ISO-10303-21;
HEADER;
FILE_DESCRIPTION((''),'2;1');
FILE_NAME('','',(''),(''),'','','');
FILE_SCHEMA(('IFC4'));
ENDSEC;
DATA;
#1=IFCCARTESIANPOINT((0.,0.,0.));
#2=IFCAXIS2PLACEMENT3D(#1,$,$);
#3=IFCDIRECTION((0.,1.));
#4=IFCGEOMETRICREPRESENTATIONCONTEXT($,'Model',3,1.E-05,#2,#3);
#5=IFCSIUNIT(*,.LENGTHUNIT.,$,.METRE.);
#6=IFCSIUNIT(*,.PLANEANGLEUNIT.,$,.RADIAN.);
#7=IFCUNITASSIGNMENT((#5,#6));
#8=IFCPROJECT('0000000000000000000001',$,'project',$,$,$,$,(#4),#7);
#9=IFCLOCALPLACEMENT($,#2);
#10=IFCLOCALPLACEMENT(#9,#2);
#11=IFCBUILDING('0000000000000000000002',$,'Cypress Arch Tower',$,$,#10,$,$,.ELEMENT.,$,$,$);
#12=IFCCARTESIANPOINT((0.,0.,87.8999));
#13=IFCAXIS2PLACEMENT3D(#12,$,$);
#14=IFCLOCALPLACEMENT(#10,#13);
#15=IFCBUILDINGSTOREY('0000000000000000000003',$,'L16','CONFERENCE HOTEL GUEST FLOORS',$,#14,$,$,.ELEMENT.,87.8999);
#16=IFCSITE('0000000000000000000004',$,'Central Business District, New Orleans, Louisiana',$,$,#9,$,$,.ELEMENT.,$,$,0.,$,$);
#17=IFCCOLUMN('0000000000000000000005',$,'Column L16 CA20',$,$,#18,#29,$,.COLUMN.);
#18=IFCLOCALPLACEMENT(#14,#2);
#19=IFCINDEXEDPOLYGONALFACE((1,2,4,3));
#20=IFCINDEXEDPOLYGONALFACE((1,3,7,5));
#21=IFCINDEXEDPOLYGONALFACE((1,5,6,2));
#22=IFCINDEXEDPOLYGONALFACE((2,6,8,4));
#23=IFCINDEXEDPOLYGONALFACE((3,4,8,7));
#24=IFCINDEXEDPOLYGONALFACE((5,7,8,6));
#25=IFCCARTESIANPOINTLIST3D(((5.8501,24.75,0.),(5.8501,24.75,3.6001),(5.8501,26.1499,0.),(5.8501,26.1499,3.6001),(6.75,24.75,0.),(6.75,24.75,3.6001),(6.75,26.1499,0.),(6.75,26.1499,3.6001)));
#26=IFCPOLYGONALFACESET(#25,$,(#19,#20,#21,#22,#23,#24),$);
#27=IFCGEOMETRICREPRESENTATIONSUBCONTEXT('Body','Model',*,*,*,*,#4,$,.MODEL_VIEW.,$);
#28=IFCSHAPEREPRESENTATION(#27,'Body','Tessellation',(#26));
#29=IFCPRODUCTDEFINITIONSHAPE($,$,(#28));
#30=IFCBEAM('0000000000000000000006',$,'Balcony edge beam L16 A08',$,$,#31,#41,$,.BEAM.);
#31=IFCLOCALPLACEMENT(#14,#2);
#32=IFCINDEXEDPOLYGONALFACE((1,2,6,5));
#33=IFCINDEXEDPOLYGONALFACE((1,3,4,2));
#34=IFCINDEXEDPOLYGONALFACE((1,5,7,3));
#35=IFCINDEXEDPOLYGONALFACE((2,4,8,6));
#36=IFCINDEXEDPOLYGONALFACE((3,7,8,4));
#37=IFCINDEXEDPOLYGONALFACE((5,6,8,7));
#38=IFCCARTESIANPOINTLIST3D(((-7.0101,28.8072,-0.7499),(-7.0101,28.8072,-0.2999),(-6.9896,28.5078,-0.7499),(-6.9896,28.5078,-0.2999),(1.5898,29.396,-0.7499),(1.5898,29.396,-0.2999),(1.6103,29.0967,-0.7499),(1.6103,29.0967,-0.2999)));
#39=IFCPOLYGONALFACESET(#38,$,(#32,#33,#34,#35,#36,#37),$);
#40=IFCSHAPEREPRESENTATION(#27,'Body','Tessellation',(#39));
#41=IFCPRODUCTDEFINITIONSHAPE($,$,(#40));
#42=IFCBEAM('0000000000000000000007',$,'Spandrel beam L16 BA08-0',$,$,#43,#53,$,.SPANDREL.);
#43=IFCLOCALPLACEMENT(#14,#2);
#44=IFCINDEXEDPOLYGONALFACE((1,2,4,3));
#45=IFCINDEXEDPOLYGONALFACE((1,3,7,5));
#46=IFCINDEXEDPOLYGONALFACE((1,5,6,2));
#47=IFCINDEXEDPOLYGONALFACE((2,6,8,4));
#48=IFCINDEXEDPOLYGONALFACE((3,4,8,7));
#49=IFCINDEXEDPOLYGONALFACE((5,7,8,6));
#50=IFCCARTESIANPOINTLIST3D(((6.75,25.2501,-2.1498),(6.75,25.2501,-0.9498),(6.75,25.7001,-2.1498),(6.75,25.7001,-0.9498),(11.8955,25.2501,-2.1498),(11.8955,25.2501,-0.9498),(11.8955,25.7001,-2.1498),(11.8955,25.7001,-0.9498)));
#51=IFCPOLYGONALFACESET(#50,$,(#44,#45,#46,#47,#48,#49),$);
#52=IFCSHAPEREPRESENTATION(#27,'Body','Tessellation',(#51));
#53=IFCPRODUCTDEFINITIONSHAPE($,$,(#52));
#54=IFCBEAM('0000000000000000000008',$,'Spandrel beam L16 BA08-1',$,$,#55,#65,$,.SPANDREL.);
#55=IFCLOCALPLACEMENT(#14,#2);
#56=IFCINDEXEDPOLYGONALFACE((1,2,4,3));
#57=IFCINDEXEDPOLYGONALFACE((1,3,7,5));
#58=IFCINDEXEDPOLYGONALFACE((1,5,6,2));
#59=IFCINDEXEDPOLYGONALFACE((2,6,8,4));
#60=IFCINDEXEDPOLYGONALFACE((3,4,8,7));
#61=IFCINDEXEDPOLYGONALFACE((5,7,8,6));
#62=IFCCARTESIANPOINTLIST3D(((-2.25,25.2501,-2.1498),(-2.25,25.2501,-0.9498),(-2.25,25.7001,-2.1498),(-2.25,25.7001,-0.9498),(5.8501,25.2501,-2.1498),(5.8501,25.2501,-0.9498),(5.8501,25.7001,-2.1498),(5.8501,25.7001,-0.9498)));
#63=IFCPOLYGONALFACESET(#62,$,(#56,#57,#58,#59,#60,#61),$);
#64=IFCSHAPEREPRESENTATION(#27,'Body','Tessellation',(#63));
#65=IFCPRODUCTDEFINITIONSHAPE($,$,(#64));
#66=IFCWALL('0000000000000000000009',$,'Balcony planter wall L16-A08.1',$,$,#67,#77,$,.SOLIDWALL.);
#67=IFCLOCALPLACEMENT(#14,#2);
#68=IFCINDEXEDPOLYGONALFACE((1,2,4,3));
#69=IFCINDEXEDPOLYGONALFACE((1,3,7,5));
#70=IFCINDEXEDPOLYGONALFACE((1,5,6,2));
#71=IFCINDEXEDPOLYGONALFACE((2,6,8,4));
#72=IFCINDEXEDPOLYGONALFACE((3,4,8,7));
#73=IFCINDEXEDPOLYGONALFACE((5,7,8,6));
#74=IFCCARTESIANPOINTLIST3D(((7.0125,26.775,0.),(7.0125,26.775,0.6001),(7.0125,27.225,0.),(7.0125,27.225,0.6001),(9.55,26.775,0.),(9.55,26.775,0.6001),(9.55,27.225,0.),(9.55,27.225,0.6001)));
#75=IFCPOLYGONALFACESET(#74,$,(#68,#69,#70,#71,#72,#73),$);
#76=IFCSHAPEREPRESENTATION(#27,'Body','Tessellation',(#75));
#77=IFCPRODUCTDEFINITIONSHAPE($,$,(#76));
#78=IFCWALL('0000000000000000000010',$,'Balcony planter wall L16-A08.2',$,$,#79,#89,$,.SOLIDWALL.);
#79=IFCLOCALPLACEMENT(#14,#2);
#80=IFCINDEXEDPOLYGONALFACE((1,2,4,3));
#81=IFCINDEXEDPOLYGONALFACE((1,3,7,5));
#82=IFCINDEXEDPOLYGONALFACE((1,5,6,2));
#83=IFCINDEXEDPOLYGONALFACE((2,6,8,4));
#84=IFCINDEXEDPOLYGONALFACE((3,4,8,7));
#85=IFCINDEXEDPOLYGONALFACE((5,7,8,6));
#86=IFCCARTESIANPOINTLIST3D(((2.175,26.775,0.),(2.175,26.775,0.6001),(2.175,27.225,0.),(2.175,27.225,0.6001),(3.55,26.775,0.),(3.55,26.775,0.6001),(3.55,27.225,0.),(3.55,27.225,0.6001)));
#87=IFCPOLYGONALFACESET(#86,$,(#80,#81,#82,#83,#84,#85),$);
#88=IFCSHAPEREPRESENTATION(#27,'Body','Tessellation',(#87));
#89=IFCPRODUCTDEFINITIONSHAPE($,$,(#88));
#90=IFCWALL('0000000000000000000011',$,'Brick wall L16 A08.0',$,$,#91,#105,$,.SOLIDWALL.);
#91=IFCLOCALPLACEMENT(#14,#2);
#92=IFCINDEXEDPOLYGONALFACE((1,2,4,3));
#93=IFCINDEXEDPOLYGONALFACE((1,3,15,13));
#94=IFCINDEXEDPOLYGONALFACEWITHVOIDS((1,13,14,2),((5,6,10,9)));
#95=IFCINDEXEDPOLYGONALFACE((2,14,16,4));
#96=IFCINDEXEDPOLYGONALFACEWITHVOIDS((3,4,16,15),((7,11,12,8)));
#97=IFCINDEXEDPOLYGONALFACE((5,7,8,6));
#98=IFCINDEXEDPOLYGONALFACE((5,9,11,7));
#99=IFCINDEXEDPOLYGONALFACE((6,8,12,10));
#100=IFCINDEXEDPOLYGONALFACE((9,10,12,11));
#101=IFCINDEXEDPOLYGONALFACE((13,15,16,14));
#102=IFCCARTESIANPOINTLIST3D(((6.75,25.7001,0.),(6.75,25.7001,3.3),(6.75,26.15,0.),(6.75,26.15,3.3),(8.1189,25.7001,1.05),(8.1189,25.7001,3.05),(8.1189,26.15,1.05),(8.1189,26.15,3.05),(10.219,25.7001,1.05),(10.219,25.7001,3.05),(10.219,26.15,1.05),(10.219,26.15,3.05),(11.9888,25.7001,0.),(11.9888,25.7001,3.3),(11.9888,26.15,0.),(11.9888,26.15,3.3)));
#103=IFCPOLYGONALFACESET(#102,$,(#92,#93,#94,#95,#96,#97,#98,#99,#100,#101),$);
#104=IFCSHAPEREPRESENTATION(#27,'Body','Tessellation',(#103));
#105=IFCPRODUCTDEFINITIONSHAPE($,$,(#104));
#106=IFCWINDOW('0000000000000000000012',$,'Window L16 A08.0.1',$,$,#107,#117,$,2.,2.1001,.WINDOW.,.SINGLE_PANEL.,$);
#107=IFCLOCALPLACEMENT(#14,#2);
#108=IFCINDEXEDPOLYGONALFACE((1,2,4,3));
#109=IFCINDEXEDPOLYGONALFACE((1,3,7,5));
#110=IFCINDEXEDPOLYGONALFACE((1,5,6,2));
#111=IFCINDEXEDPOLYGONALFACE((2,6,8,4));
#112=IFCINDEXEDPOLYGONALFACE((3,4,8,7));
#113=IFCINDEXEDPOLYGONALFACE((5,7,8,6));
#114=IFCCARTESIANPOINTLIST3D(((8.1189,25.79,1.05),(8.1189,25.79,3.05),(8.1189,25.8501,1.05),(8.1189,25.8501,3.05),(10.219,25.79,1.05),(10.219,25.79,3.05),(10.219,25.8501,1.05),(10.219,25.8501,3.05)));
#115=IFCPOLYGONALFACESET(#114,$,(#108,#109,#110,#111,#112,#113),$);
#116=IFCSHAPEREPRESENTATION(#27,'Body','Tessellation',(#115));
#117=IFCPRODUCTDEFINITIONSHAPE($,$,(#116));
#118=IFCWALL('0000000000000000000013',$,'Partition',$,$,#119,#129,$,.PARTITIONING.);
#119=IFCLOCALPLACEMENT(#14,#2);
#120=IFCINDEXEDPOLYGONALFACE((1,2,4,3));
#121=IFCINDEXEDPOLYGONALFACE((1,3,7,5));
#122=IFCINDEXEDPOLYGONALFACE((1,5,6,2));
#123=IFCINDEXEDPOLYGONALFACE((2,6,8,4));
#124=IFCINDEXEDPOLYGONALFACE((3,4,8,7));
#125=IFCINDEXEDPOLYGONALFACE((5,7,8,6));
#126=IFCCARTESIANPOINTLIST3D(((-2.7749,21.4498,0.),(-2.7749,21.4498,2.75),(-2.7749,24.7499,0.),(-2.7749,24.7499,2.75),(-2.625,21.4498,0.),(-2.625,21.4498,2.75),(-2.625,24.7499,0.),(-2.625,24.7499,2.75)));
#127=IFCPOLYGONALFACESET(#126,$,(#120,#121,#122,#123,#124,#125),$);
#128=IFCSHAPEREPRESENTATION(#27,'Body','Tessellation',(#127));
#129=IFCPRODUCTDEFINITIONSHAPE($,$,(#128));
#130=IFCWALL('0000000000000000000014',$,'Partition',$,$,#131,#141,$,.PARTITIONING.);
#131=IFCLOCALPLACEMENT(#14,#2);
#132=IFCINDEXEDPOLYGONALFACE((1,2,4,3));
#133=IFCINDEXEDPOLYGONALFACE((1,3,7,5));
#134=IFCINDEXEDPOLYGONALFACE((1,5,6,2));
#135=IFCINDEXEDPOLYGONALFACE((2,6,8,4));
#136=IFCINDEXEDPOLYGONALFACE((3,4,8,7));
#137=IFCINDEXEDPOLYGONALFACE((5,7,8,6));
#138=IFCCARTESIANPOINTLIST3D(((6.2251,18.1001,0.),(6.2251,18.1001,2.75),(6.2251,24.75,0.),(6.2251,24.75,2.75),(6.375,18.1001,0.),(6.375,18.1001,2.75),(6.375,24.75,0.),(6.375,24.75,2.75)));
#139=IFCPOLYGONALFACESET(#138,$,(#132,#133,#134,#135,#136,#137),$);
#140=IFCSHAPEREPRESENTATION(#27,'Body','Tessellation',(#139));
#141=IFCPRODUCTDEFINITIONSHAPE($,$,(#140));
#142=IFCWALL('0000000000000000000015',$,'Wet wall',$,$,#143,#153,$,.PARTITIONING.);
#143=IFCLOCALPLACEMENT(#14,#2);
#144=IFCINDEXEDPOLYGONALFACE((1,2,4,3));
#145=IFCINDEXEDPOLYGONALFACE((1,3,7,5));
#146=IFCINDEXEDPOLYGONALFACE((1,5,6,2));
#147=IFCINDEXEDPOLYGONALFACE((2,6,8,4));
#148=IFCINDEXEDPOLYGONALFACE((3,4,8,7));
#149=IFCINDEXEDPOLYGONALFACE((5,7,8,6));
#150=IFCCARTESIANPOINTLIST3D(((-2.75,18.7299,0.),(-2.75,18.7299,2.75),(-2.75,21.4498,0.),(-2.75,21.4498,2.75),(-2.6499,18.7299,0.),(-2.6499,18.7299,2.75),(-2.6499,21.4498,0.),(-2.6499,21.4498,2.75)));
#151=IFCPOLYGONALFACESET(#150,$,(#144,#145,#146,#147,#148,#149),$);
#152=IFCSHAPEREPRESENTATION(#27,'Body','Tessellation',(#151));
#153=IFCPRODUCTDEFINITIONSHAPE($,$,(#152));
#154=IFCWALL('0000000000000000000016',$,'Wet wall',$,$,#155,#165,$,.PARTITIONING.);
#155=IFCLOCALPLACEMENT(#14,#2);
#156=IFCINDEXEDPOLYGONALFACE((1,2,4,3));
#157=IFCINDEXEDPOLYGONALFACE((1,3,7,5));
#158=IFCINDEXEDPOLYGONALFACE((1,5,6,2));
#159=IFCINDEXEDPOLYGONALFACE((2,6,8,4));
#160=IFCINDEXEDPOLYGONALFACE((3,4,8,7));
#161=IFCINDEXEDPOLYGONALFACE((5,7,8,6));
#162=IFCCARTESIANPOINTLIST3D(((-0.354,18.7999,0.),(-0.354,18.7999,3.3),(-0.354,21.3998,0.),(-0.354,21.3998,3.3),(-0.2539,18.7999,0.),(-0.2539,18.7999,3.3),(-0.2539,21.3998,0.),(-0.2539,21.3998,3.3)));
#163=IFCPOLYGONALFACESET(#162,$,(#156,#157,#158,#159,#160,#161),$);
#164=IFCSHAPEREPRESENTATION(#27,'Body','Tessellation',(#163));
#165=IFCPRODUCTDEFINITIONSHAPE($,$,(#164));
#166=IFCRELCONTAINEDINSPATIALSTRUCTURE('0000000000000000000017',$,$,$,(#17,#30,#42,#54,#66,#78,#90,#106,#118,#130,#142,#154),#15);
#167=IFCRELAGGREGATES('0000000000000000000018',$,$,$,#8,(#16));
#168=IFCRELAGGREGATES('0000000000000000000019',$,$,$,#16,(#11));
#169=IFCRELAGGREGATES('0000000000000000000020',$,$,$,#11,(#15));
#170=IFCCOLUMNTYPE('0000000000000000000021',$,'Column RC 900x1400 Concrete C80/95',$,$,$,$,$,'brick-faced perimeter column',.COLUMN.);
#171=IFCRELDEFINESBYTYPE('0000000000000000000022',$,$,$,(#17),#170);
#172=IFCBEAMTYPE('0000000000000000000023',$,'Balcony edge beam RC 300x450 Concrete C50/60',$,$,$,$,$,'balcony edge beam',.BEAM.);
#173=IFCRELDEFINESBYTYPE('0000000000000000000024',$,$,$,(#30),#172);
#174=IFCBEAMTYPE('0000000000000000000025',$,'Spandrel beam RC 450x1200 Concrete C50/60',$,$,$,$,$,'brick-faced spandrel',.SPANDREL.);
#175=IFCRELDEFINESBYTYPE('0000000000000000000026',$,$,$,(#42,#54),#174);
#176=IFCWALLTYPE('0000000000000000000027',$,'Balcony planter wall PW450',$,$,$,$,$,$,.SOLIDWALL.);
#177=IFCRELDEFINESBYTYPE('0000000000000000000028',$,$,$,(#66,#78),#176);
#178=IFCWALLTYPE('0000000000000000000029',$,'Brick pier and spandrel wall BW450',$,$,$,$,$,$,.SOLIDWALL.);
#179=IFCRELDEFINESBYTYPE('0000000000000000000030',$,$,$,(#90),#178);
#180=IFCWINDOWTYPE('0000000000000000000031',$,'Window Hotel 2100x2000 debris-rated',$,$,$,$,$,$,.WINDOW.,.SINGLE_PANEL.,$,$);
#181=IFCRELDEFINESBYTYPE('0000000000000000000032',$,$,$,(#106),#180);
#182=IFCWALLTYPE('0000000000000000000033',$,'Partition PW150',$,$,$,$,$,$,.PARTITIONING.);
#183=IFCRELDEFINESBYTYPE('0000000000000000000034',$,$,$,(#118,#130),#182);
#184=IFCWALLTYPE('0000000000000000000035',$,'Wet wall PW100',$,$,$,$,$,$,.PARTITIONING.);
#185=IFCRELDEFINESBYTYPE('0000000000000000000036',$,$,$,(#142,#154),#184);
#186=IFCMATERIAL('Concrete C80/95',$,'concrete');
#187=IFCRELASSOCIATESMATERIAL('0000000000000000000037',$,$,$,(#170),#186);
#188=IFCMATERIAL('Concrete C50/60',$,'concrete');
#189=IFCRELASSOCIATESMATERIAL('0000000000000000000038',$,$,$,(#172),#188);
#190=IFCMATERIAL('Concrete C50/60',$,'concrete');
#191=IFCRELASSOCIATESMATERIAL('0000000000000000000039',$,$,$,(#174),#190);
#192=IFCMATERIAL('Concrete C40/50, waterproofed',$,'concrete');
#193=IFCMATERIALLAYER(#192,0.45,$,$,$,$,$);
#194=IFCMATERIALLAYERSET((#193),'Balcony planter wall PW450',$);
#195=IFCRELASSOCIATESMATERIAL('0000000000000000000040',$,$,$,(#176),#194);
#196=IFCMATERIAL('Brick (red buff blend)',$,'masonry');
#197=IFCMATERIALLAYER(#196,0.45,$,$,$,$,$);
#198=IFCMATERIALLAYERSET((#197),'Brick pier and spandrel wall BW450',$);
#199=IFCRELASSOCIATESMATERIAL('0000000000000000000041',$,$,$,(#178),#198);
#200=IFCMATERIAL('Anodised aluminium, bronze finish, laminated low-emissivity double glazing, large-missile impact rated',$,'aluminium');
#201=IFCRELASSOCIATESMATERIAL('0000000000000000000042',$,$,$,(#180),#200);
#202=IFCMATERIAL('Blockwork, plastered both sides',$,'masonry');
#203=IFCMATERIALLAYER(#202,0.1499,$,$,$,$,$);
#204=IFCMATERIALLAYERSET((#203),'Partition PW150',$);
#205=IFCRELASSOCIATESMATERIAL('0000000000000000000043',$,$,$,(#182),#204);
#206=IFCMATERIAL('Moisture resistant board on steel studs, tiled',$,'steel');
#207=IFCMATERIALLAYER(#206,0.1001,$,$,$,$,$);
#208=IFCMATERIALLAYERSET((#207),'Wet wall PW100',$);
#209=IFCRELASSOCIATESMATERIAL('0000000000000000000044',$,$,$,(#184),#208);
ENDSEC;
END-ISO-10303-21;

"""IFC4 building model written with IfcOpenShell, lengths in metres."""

from ifc_helpers import new_model, si_unit, direction, frame, frame_2d, origin, origin_2d, place, context, subcontext, project, spatial, rectangle, extrude, material, layer, layer_set, material_profile, profile_set, type_object, element, fill, save


model = new_model("IFC4")

# Units and contexts
model_context = context("Model", 3, precision=1e-05, world=origin(), true_north=direction((0.0, 1.0)))
body_context = subcontext(model_context, "Body", "Model", "MODEL_VIEW")
ifc_project = project(units=[si_unit("LENGTHUNIT", "METRE"), si_unit("PLANEANGLEUNIT", "RADIAN")], contexts=[model_context])

# Site, building, storey
site_placement = place(None, origin())
site = spatial("IfcSite", under=ifc_project, at=site_placement, Name="Central Business District, New Orleans, Louisiana", CompositionType="ELEMENT", RefElevation=0.0)
building_placement = place(site_placement, origin())
building = spatial("IfcBuilding", under=site, at=building_placement, Name="Cypress Arch Tower", CompositionType="ELEMENT")
storey_placement = place(building_placement, frame((0.0, 0.0, 87.8999)))
storey = spatial("IfcBuildingStorey", under=building, at=storey_placement, Name="L16", Description="CONFERENCE HOTEL GUEST FLOORS", CompositionType="ELEMENT", Elevation=87.8999)

# Column
ifc_material_1 = material(Name="Concrete C80/95", Category="concrete")
ifc_material_profile_1 = material_profile(ifc_material_1, rectangle(XDim=0.8999, YDim=1.3999, at=origin_2d()), Name="RC 900x1400")
ifc_profile_set_1 = profile_set([ifc_material_profile_1], Name="Concrete C80/95")
column_type = type_object("IfcColumnType", Name="Column RC 900x1400 Concrete C80/95", ElementType="brick-faced perimeter column", PredefinedType="COLUMN", material=ifc_profile_set_1)
column_placement = place(storey_placement, frame((6.3, 25.45, 0.0), z_axis=(0.0, 0.0, 1.0), x_axis=(-1.0, 0.0, 0.0)))
element("IfcColumn", 1, at=column_placement, inside=storey, type_object=column_type, Name="Column L16 CA20", PredefinedType="COLUMN", context=body_context, shape_type="SweptSolid", body=[
    extrude(rectangle(XDim=0.8999, YDim=1.3999, at=origin_2d()), origin(), (0.0, 0.0, 1.0), 3.6001),
])

# Beams
ifc_material_2 = material(Name="Concrete C50/60", Category="concrete")
ifc_material_profile_2 = material_profile(ifc_material_2, rectangle(XDim=0.3, YDim=0.45, at=origin_2d()), Name="RC 300x450")
ifc_profile_set_2 = profile_set([ifc_material_profile_2], Name="Concrete C50/60")
beam_type_1 = type_object("IfcBeamType", Name="Balcony edge beam RC 300x450 Concrete C50/60", ElementType="balcony edge beam", PredefinedType="BEAM", material=ifc_profile_set_2)
beam_1_placement = place(storey_placement, frame((1.6001, 29.2463, -0.5249), z_axis=(-0.997664, -0.068312, 0.0), x_axis=(0.068312, -0.997664, 0.0)))
element("IfcBeam", 2, at=beam_1_placement, inside=storey, type_object=beam_type_1, Name="Balcony edge beam L16 A08", PredefinedType="BEAM", context=body_context, shape_type="SweptSolid", body=[
    extrude(rectangle(XDim=0.3, YDim=0.45, at=origin_2d()), origin(), (0.0, 0.0, 1.0), 8.6201),
])
ifc_material_3 = material(Name="Concrete C50/60", Category="concrete")
ifc_material_profile_3 = material_profile(ifc_material_3, rectangle(XDim=0.45, YDim=1.2, at=origin_2d()), Name="RC 450x1200")
ifc_profile_set_3 = profile_set([ifc_material_profile_3], Name="Concrete C50/60")
beam_type_2 = type_object("IfcBeamType", Name="Spandrel beam RC 450x1200 Concrete C50/60", ElementType="brick-faced spandrel", PredefinedType="SPANDREL", material=ifc_profile_set_3)
beam_2_placement = place(storey_placement, frame((11.8955, 25.4751, -1.5498), z_axis=(-1.0, 0.0, 0.0), x_axis=(0.0, -1.0, 0.0)))
element("IfcBeam", 3, at=beam_2_placement, inside=storey, type_object=beam_type_2, Name="Spandrel beam L16 BA08-0", PredefinedType="SPANDREL", context=body_context, shape_type="SweptSolid", body=[
    extrude(rectangle(XDim=0.45, YDim=1.2, at=origin_2d()), origin(), (0.0, 0.0, 1.0), 5.1455),
])
beam_3_placement = place(storey_placement, frame((5.8501, 25.4751, -1.5498), z_axis=(-1.0, 0.0, 0.0), x_axis=(0.0, -1.0, 0.0)))
element("IfcBeam", 4, at=beam_3_placement, inside=storey, type_object=beam_type_2, Name="Spandrel beam L16 BA08-1", PredefinedType="SPANDREL", context=body_context, shape_type="SweptSolid", body=[
    extrude(rectangle(XDim=0.45, YDim=1.2, at=origin_2d()), origin(), (0.0, 0.0, 1.0), 8.1001),
])

# Walls
ifc_material_4 = material(Name="Concrete C40/50, waterproofed", Category="concrete")
ifc_layer_1 = layer(ifc_material_4, 0.45)
ifc_layer_set_1 = layer_set([ifc_layer_1], Name="Balcony planter wall PW450")
wall_type_1 = type_object("IfcWallType", Name="Balcony planter wall PW450", PredefinedType="SOLIDWALL", material=ifc_layer_set_1)
wall_1_placement = place(storey_placement, frame((9.55, 27.0, 0.0), z_axis=(0.0, 0.0, 1.0), x_axis=(-1.0, 0.0, 0.0)))
element("IfcWall", 5, at=wall_1_placement, inside=storey, type_object=wall_type_1, Name="Balcony planter wall L16-A08.1", PredefinedType="SOLIDWALL", context=body_context, shape_type="SweptSolid", body=[
    extrude(rectangle(XDim=2.5376, YDim=0.45, at=frame_2d((1.2688, 0.0))), origin(), (0.0, 0.0, 1.0), 0.6001),
])
wall_2_placement = place(storey_placement, frame((3.55, 27.0, 0.0), z_axis=(0.0, 0.0, 1.0), x_axis=(-1.0, 0.0, 0.0)))
element("IfcWall", 6, at=wall_2_placement, inside=storey, type_object=wall_type_1, Name="Balcony planter wall L16-A08.2", PredefinedType="SOLIDWALL", context=body_context, shape_type="SweptSolid", body=[
    extrude(rectangle(XDim=1.375, YDim=0.45, at=frame_2d((0.6875, 0.0))), origin(), (0.0, 0.0, 1.0), 0.6001),
])

# Wall, opening, window
ifc_material_5 = material(Name="Brick (red buff blend)", Category="masonry")
ifc_layer_2 = layer(ifc_material_5, 0.45)
ifc_layer_set_2 = layer_set([ifc_layer_2], Name="Brick pier and spandrel wall BW450")
wall_type_2 = type_object("IfcWallType", Name="Brick pier and spandrel wall BW450", PredefinedType="SOLIDWALL", material=ifc_layer_set_2)
wall_3_placement = place(storey_placement, frame((11.9888, 25.925, 0.0), z_axis=(0.0, 0.0, 1.0), x_axis=(-1.0, 0.0, 0.0)))
wall_3 = element("IfcWall", 7, at=wall_3_placement, inside=storey, type_object=wall_type_2, Name="Brick wall L16 A08.0", PredefinedType="SOLIDWALL", context=body_context, shape_type="SweptSolid", body=[
    extrude(rectangle(XDim=5.2388, YDim=0.45, at=frame_2d((2.6194, 0.0))), origin(), (0.0, 0.0, 1.0), 3.3),
])
opening_1_placement = place(wall_3_placement, frame((1.7698, 0.0, 1.05)))
opening_1 = element("IfcOpeningElement", 8, at=opening_1_placement, cuts=wall_3, PredefinedType="OPENING", context=body_context, shape_type="SweptSolid", body=[
    extrude(rectangle(XDim=2.1001, YDim=2.0, at=frame_2d((1.05, 1.0))), frame((0.0, 0.2349, 0.0), z_axis=(0.0, -1.0, 0.0), x_axis=(1.0, 0.0, 0.0)), (0.0, 0.0, 1.0), 0.47),
])
ifc_material_6 = material(Name="Anodised aluminium, bronze finish, laminated low-emissivity double glazing, large-missile impact rated", Category="aluminium")
window_type_1 = type_object("IfcWindowType", Name="Window Hotel 2100x2000 debris-rated", PartitioningType="SINGLE_PANEL", PredefinedType="WINDOW", material=ifc_material_6)
window_1_placement = place(opening_1_placement, origin())
window_1 = element("IfcWindow", 9, at=window_1_placement, inside=storey, type_object=window_type_1, Name="Window L16 A08.0.1", OverallHeight=2.0, OverallWidth=2.1001, PartitioningType="SINGLE_PANEL", PredefinedType="WINDOW", context=body_context, shape_type="SweptSolid", body=[
    extrude(rectangle(XDim=2.1001, YDim=2.0, at=frame_2d((1.05, 1.0))), frame((0.0, 0.135, 0.0), z_axis=(0.0, -1.0, 0.0), x_axis=(1.0, 0.0, 0.0)), (0.0, 0.0, 1.0), 0.0601),
])
fill(opening_1, window_1)

# Walls
ifc_material_7 = material(Name="Blockwork, plastered both sides", Category="masonry")
ifc_layer_3 = layer(ifc_material_7, 0.1499)
ifc_layer_set_3 = layer_set([ifc_layer_3], Name="Partition PW150")
wall_type_3 = type_object("IfcWallType", Name="Partition PW150", PredefinedType="PARTITIONING", material=ifc_layer_set_3)
wall_4_placement = place(storey_placement, frame((-2.7, 21.45, 0.0), z_axis=(0.0, 0.0, 1.0), x_axis=(0.0, 1.0, 0.0)))
element("IfcWall", 10, at=wall_4_placement, inside=storey, type_object=wall_type_3, Name="Partition", PredefinedType="PARTITIONING", context=body_context, shape_type="SweptSolid", body=[
    extrude(rectangle(XDim=3.3, YDim=0.1499, at=frame_2d((1.6499, 0.0))), origin(), (0.0, 0.0, 1.0), 2.75),
])
wall_5_placement = place(storey_placement, frame((6.3, 18.1001, 0.0), z_axis=(0.0, 0.0, 1.0), x_axis=(0.0, 1.0, 0.0)))
element("IfcWall", 11, at=wall_5_placement, inside=storey, type_object=wall_type_3, Name="Partition", PredefinedType="PARTITIONING", context=body_context, shape_type="SweptSolid", body=[
    extrude(rectangle(XDim=6.6499, YDim=0.1499, at=frame_2d((3.325, 0.0))), origin(), (0.0, 0.0, 1.0), 2.75),
])
ifc_material_8 = material(Name="Moisture resistant board on steel studs, tiled", Category="steel")
ifc_layer_4 = layer(ifc_material_8, 0.1001)
ifc_layer_set_4 = layer_set([ifc_layer_4], Name="Wet wall PW100")
wall_type_4 = type_object("IfcWallType", Name="Wet wall PW100", PredefinedType="PARTITIONING", material=ifc_layer_set_4)
wall_6_placement = place(storey_placement, frame((-2.7, 18.73, 0.0), z_axis=(0.0, 0.0, 1.0), x_axis=(0.0, 1.0, 0.0)))
element("IfcWall", 12, at=wall_6_placement, inside=storey, type_object=wall_type_4, Name="Wet wall", PredefinedType="PARTITIONING", context=body_context, shape_type="SweptSolid", body=[
    extrude(rectangle(XDim=2.72, YDim=0.1001, at=frame_2d((1.3599, 0.0))), origin(), (0.0, 0.0, 1.0), 2.75),
])
wall_7_placement = place(storey_placement, frame((-0.304, 18.8, 0.0), z_axis=(0.0, 0.0, 1.0), x_axis=(0.0, 1.0, 0.0)))
element("IfcWall", 13, at=wall_7_placement, inside=storey, type_object=wall_type_4, Name="Wet wall", PredefinedType="PARTITIONING", context=body_context, shape_type="SweptSolid", body=[
    extrude(rectangle(XDim=2.5999, YDim=0.1001, at=frame_2d((1.2998, 0.0))), origin(), (0.0, 0.0, 1.0), 3.3),
])

save(model, "model.ifc")
